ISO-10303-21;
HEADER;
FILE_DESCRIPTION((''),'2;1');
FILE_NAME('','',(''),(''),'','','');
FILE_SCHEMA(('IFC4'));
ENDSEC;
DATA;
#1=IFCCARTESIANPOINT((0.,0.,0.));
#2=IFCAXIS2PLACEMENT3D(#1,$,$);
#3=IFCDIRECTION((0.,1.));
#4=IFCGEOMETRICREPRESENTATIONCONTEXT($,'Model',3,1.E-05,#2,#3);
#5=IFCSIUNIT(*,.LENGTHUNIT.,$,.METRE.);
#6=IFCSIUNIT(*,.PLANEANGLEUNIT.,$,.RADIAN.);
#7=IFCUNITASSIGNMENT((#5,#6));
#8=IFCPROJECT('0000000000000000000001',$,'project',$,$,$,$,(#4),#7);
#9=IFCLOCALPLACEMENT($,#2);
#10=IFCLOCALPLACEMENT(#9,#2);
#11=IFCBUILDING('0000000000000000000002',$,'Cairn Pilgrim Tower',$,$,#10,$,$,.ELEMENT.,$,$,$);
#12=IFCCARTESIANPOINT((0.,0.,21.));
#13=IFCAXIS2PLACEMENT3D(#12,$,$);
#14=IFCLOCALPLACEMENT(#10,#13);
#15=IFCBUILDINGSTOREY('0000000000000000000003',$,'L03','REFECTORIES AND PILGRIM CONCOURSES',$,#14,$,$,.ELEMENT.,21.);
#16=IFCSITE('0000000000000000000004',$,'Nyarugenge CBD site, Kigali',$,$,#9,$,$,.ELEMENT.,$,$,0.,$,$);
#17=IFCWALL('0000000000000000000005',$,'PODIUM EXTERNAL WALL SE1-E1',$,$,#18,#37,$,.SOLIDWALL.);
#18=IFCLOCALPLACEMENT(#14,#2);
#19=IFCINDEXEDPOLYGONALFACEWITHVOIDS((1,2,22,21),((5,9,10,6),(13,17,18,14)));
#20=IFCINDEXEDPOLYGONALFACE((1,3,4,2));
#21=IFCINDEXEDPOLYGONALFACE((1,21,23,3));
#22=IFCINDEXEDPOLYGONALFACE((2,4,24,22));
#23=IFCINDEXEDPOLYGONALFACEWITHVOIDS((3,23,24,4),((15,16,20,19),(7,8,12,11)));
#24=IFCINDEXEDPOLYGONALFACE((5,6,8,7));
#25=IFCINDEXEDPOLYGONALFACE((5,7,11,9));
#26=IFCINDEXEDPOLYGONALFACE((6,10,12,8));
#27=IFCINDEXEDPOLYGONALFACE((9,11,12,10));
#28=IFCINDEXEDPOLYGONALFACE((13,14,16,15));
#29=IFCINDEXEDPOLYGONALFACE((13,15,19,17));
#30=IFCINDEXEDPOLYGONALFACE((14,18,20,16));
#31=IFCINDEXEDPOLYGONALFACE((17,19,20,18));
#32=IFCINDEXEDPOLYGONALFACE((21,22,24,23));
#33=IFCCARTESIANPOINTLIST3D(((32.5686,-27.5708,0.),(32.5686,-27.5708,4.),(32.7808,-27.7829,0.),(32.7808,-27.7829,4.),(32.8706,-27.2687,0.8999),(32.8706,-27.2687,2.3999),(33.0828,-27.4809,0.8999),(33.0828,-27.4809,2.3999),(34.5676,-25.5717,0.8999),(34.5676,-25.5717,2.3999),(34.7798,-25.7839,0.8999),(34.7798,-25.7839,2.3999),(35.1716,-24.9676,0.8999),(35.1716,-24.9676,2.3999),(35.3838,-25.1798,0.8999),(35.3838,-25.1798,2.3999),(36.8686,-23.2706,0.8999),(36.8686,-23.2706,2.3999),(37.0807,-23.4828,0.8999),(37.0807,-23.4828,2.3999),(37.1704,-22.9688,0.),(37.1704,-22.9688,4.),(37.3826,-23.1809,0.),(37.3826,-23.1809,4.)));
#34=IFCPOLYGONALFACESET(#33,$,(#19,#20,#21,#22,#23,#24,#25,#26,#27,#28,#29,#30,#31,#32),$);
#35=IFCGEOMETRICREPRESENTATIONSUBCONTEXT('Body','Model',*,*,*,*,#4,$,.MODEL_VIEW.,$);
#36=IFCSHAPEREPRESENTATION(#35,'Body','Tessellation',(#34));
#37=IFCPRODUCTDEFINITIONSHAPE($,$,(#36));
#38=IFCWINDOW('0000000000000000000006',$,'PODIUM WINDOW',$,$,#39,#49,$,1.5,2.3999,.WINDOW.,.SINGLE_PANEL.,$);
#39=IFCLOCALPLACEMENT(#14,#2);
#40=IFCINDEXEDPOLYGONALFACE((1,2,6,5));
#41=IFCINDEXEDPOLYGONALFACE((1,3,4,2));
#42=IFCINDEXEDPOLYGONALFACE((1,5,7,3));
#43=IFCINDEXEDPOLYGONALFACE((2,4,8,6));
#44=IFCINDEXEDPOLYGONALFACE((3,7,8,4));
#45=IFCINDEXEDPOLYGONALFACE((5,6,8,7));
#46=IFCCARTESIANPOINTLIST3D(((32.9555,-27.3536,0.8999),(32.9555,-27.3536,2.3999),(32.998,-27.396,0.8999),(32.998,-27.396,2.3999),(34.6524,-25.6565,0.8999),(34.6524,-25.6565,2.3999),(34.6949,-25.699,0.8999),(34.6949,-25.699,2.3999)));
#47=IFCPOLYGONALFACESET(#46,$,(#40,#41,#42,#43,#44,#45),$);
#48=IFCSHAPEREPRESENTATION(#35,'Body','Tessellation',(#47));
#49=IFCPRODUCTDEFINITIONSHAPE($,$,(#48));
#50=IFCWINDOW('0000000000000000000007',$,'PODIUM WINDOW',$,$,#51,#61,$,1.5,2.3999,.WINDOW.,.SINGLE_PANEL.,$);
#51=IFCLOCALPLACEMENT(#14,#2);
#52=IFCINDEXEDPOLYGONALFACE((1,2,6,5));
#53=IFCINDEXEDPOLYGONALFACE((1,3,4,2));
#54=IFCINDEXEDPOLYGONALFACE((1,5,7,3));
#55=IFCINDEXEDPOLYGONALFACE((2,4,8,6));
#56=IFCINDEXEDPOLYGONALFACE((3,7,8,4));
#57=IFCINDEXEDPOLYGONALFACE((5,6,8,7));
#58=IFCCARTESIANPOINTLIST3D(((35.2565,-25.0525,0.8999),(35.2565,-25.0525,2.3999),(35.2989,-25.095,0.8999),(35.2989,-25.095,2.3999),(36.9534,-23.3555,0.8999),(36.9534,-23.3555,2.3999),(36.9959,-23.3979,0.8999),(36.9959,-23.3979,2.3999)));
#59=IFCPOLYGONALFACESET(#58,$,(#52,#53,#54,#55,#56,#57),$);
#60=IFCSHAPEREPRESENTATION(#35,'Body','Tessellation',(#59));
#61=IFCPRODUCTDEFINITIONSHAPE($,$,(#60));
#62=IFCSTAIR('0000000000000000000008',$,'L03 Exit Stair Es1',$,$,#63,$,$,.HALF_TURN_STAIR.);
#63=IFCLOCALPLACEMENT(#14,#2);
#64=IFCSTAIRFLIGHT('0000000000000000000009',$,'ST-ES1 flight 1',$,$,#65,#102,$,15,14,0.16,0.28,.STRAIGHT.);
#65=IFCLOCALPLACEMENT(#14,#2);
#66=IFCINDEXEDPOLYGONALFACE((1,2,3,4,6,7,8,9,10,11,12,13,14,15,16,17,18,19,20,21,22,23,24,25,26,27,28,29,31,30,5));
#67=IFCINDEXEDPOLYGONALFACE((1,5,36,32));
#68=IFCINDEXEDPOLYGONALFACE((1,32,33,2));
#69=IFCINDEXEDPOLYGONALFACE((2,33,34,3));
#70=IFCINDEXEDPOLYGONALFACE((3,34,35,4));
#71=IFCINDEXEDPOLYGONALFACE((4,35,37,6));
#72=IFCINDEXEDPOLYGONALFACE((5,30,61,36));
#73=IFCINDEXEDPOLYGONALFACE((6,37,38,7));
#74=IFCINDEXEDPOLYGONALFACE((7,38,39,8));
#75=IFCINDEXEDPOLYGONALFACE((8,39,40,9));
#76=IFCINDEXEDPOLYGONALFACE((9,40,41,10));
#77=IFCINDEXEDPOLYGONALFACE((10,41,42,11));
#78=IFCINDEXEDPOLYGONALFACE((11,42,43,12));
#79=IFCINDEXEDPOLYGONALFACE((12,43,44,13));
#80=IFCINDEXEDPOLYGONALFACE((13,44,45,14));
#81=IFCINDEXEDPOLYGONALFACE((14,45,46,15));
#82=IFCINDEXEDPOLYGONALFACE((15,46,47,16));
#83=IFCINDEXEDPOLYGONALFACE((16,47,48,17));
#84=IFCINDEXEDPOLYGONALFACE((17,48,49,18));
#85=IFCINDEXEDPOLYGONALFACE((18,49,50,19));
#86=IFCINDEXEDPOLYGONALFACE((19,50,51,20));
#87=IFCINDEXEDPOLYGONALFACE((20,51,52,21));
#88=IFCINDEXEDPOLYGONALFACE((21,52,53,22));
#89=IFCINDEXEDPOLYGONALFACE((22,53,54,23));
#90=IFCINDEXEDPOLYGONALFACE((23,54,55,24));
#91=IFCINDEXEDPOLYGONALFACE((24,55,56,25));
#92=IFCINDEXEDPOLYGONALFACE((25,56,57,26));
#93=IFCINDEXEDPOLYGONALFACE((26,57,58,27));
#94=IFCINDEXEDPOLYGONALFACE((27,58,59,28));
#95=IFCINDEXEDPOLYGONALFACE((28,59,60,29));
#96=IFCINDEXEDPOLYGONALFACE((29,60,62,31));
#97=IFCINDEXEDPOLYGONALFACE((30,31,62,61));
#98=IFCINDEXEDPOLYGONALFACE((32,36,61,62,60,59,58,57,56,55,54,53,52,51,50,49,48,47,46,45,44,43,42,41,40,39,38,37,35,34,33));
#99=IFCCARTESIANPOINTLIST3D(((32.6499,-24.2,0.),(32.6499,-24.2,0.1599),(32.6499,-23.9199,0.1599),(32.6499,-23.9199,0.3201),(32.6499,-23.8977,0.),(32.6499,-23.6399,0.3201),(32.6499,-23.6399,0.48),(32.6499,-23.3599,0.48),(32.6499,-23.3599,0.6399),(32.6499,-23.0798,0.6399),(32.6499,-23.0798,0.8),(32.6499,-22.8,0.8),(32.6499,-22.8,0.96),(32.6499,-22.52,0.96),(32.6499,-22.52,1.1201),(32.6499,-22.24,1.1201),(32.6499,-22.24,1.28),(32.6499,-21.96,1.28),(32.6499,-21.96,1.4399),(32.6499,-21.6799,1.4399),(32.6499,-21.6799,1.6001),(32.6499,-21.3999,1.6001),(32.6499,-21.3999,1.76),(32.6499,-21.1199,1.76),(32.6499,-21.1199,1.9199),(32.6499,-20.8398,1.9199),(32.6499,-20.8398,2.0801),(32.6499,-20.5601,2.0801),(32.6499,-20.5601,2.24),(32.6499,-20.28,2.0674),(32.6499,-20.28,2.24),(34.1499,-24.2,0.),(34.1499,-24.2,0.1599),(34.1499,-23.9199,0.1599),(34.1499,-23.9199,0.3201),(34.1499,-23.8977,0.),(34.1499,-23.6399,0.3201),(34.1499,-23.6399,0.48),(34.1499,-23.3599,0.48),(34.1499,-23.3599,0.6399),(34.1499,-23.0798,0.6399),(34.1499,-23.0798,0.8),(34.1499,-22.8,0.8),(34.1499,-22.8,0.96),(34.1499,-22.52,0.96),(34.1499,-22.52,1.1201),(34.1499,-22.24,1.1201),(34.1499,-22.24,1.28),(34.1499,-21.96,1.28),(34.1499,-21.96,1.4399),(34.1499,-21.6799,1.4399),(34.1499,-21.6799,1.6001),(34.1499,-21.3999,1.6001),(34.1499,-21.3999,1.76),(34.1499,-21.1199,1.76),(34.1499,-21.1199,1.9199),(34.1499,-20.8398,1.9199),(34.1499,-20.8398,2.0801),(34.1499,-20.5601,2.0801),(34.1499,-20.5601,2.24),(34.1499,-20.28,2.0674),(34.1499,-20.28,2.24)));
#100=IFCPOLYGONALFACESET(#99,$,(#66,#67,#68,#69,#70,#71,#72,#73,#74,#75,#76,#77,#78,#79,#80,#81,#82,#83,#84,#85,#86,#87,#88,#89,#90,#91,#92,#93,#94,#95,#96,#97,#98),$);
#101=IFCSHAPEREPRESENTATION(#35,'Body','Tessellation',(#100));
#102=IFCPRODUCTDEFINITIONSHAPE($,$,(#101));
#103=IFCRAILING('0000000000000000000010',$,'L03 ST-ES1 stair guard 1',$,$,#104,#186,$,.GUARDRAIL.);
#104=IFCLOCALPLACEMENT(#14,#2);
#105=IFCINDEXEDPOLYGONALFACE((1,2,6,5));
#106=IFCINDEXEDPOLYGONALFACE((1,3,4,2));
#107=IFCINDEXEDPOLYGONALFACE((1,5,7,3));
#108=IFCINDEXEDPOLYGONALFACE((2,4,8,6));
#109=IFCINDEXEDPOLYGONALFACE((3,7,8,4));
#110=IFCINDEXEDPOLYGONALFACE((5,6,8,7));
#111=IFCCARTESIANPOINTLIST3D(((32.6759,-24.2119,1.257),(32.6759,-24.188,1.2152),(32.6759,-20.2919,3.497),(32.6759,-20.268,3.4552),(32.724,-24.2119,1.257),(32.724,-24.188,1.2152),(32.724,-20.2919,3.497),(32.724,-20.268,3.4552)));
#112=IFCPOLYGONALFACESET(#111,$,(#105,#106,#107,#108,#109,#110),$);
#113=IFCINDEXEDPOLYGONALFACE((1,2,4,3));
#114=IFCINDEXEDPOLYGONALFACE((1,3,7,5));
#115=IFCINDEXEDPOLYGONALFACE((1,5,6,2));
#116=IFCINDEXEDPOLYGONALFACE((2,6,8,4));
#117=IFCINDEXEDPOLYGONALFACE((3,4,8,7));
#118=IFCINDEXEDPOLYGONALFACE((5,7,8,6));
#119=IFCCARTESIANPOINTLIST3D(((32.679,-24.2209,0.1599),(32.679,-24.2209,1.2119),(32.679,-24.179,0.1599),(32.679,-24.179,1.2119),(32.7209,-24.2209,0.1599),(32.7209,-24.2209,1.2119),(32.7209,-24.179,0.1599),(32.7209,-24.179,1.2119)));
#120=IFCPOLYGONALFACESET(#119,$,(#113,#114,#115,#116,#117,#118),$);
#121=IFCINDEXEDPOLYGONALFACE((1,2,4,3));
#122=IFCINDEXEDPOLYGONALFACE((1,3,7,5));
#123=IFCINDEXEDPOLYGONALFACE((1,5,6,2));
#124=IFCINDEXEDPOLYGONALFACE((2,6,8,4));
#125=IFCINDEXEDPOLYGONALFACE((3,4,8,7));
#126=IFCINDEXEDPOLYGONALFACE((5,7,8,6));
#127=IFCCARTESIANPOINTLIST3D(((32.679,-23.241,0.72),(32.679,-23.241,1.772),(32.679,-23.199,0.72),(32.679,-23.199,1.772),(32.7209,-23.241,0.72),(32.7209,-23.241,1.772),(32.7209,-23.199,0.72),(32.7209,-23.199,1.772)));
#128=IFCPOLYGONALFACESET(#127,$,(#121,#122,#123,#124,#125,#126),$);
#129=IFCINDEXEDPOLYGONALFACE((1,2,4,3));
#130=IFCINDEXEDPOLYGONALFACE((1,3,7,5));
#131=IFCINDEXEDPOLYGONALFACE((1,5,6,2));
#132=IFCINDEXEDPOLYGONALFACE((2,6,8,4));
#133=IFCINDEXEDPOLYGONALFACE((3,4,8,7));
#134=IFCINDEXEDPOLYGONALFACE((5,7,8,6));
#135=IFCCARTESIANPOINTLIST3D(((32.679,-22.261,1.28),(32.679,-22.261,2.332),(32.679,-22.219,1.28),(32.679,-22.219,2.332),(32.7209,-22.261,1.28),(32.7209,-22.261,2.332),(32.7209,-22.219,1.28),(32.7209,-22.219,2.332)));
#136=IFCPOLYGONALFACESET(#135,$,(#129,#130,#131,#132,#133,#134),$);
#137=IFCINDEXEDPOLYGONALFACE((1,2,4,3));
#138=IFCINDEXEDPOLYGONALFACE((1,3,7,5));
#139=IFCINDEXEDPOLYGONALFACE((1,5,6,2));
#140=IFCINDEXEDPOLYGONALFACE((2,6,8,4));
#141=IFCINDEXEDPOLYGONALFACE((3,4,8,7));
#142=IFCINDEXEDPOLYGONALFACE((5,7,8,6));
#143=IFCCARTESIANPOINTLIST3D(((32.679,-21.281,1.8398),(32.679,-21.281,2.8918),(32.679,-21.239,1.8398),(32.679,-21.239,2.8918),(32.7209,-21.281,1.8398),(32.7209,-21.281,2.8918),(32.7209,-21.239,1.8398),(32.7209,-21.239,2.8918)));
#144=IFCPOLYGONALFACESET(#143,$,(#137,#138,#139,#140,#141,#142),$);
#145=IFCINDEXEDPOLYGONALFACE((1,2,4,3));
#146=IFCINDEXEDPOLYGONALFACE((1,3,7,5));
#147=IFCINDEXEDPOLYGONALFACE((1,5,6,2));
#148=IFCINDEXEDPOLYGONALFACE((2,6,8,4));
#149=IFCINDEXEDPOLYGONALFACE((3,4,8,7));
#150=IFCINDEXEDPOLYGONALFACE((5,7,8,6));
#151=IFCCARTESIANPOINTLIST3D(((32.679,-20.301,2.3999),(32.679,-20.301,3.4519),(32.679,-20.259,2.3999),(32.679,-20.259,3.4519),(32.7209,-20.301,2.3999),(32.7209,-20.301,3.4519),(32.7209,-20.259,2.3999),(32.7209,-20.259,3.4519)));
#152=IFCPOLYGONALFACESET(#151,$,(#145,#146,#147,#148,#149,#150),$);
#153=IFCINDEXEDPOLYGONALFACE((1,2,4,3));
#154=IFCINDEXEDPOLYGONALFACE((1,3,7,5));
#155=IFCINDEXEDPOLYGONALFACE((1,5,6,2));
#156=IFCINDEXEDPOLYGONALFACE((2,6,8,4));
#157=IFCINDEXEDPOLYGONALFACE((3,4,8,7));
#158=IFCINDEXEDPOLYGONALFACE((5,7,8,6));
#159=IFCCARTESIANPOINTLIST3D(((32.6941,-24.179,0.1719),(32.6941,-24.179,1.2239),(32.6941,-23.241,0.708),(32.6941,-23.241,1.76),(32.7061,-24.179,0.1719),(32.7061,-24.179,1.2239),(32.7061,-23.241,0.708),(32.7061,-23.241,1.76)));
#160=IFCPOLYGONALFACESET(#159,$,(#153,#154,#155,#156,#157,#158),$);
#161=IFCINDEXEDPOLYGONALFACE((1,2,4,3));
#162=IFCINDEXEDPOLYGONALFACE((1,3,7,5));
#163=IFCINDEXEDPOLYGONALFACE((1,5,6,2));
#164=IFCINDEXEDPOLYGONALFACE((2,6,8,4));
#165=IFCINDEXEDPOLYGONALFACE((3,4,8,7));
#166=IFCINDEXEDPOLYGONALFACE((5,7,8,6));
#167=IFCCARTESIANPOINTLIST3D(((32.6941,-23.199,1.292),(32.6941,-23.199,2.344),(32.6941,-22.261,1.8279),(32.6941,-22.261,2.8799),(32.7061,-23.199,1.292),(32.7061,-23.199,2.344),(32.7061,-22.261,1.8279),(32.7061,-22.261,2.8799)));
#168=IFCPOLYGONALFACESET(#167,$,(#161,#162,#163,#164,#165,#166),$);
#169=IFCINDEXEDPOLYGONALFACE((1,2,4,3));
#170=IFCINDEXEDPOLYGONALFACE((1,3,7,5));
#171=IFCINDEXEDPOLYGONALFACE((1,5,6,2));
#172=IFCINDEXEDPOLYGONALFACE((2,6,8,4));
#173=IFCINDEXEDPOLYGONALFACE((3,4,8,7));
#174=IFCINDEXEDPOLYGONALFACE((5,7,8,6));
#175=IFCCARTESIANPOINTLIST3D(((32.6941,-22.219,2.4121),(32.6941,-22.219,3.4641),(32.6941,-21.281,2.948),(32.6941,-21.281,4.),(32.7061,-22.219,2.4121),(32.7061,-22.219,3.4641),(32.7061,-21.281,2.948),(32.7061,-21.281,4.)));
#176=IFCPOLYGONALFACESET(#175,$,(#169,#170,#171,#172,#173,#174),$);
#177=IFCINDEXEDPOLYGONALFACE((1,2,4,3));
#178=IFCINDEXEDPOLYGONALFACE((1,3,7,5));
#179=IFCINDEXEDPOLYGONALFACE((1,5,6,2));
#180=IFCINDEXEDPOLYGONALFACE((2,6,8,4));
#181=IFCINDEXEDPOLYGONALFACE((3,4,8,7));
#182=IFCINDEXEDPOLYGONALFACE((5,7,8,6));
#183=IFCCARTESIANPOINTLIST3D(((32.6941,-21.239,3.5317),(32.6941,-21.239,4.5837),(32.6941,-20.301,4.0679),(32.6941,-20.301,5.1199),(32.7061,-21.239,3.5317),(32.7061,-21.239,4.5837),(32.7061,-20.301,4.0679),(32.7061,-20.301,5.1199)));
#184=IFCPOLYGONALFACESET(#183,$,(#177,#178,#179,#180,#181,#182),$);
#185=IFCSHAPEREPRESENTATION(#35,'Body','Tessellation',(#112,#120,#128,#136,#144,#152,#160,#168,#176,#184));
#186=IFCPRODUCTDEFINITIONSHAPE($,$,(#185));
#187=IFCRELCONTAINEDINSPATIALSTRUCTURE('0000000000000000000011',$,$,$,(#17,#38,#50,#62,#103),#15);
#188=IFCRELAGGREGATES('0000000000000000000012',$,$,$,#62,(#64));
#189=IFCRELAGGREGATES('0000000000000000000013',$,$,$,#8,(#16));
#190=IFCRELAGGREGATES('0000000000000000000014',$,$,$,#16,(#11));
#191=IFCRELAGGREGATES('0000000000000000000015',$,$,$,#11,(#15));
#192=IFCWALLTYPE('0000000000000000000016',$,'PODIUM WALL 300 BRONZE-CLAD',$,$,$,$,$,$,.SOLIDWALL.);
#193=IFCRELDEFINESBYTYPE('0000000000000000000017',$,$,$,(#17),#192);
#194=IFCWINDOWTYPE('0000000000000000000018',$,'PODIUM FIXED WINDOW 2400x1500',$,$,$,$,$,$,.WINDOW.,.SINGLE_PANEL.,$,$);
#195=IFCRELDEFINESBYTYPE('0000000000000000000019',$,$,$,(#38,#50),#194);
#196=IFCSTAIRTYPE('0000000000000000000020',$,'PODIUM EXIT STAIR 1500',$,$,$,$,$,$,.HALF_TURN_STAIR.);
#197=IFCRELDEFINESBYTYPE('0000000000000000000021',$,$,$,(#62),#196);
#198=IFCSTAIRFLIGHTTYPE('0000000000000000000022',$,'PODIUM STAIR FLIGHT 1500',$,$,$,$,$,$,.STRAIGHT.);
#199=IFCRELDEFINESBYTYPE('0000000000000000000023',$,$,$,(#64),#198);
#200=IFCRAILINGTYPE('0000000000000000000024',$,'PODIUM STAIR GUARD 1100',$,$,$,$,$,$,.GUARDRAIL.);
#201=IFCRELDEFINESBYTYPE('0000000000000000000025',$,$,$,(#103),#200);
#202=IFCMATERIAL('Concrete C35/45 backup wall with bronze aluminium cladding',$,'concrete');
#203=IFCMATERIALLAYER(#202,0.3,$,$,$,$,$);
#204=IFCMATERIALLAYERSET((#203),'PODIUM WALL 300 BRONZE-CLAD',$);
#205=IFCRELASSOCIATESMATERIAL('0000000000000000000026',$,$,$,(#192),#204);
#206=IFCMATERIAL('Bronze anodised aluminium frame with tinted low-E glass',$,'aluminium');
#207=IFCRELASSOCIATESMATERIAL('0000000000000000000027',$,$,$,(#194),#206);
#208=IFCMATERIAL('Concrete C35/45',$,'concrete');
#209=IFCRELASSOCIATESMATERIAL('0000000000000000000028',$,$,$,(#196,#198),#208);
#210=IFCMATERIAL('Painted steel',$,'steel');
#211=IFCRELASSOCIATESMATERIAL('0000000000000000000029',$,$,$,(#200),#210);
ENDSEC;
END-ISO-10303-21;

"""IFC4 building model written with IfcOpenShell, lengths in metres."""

from ifc_helpers import new_model, si_unit, direction, frame, frame_2d, origin, origin_2d, place, context, subcontext, project, spatial, polyline, rectangle, outline, extrude, material, layer, layer_set, type_object, element, fill, aggregate, save


model = new_model("IFC4")

# Units and contexts
model_context = context("Model", 3, precision=1e-05, world=origin(), true_north=direction((0.0, 1.0)))
body_context = subcontext(model_context, "Body", "Model", "MODEL_VIEW")
ifc_project = project(units=[si_unit("LENGTHUNIT", "METRE"), si_unit("PLANEANGLEUNIT", "RADIAN")], contexts=[model_context])

# Site, building, storey
site_placement = place(None, origin())
site = spatial("IfcSite", under=ifc_project, at=site_placement, Name="Nyarugenge CBD site, Kigali", CompositionType="ELEMENT", RefElevation=0.0)
building_placement = place(site_placement, origin())
building = spatial("IfcBuilding", under=site, at=building_placement, Name="Cairn Pilgrim Tower", CompositionType="ELEMENT")
storey_placement = place(building_placement, frame((0.0, 0.0, 21.0)))
storey = spatial("IfcBuildingStorey", under=building, at=storey_placement, Name="L03", Description="REFECTORIES AND PILGRIM CONCOURSES", CompositionType="ELEMENT", Elevation=21.0)

# Shared definitions
ifc_material_1 = material(Name="Concrete C35/45", Category="concrete")

# Wall, openings, windows
ifc_material_2 = material(Name="Concrete C35/45 backup wall with bronze aluminium cladding", Category="concrete")
ifc_layer_1 = layer(ifc_material_2, 0.3)
ifc_layer_set_1 = layer_set([ifc_layer_1], Name="PODIUM WALL 300 BRONZE-CLAD")
wall_type_1 = type_object("IfcWallType", Name="PODIUM WALL 300 BRONZE-CLAD", PredefinedType="SOLIDWALL", material=ifc_layer_set_1)
wall_1_placement = place(storey_placement, frame((32.6748, -27.6768, 0.0), z_axis=(0.0, 0.0, 1.0), x_axis=(0.707088, 0.707126, 0.0)))
wall_1 = element("IfcWall", 1, at=wall_1_placement, inside=storey, type_object=wall_type_1, Name="PODIUM EXTERNAL WALL SE1-E1", PredefinedType="SOLIDWALL", context=body_context, shape_type="SweptSolid", body=[
    extrude(rectangle(XDim=6.5081, YDim=0.3, at=frame_2d((3.2539, 0.0))), origin(), (0.0, 0.0, 1.0), 4.0),
])
opening_1_placement = place(wall_1_placement, frame((0.427, 0.0, 0.8999)))
opening_1 = element("IfcOpeningElement", 2, at=opening_1_placement, cuts=wall_1, PredefinedType="OPENING", context=body_context, shape_type="SweptSolid", body=[
    extrude(rectangle(XDim=2.3999, YDim=1.5, at=frame_2d((1.2, 0.75))), frame((0.0, 0.1602, 0.0), z_axis=(0.0, -1.0, 0.0), x_axis=(1.0, 0.0, 0.0)), (0.0, 0.0, 1.0), 0.3201),
])
opening_2_placement = place(wall_1_placement, frame((3.6812, 0.0, 0.8999)))
opening_2 = element("IfcOpeningElement", 3, at=opening_2_placement, cuts=wall_1, PredefinedType="OPENING", context=body_context, shape_type="SweptSolid", body=[
    extrude(rectangle(XDim=2.3999, YDim=1.5, at=frame_2d((1.2, 0.75))), frame((0.0, 0.1602, 0.0), z_axis=(0.0, -1.0, 0.0), x_axis=(1.0, 0.0, 0.0)), (0.0, 0.0, 1.0), 0.3201),
])
ifc_material_3 = material(Name="Bronze anodised aluminium frame with tinted low-E glass", Category="aluminium")
window_type = type_object("IfcWindowType", Name="PODIUM FIXED WINDOW 2400x1500", PartitioningType="SINGLE_PANEL", PredefinedType="WINDOW", material=ifc_material_3)
window_1_placement = place(opening_1_placement, origin())
window_1 = element("IfcWindow", 4, at=window_1_placement, inside=storey, type_object=window_type, Name="PODIUM WINDOW", OverallHeight=1.5, OverallWidth=2.3999, PartitioningType="SINGLE_PANEL", PredefinedType="WINDOW", context=body_context, shape_type="SweptSolid", body=[
    extrude(rectangle(XDim=2.3999, YDim=1.5, at=frame_2d((1.2, 0.75))), frame((0.0, 0.03, 0.0), z_axis=(0.0, -1.0, 0.0), x_axis=(1.0, 0.0, 0.0)), (0.0, 0.0, 1.0), 0.0601),
])
fill(opening_1, window_1)
window_2_placement = place(opening_2_placement, origin())
window_2 = element("IfcWindow", 5, at=window_2_placement, inside=storey, type_object=window_type, Name="PODIUM WINDOW", OverallHeight=1.5, OverallWidth=2.3999, PartitioningType="SINGLE_PANEL", PredefinedType="WINDOW", context=body_context, shape_type="SweptSolid", body=[
    extrude(rectangle(XDim=2.3999, YDim=1.5, at=frame_2d((1.2, 0.75))), frame((0.0, 0.03, 0.0), z_axis=(0.0, -1.0, 0.0), x_axis=(1.0, 0.0, 0.0)), (0.0, 0.0, 1.0), 0.0601),
])
fill(opening_2, window_2)

# Stair, stair flight
stair_type = type_object("IfcStairType", Name="PODIUM EXIT STAIR 1500", PredefinedType="HALF_TURN_STAIR", material=ifc_material_1)
stair_placement = place(storey_placement, origin())
stair = element("IfcStair", 6, at=stair_placement, inside=storey, type_object=stair_type, Name="L03 Exit Stair Es1", PredefinedType="HALF_TURN_STAIR")
stair_flight_type = type_object("IfcStairFlightType", Name="PODIUM STAIR FLIGHT 1500", PredefinedType="STRAIGHT", material=ifc_material_1)
stair_flight_placement = place(storey_placement, frame((33.3999, -24.2, 0.0), z_axis=(0.0, 0.0, 1.0), x_axis=(0.0, 1.0, 0.0)))
stair_flight = element("IfcStairFlight", 7, at=stair_flight_placement, type_object=stair_flight_type, Name="ST-ES1 flight 1", NumberOfRisers=15, NumberOfTreads=14, PredefinedType="STRAIGHT", RiserHeight=0.16, TreadLength=0.28, context=body_context, shape_type="SweptSolid", body=[
    extrude(outline(polyline([(0.0, 0.0), (0.0, 0.1599), (0.28, 0.1599), (0.28, 0.3201), (0.5601, 0.3201), (0.5601, 0.48), (0.8401, 0.48), (0.8401, 0.6399), (1.1201, 0.6399), (1.1201, 0.8), (1.3999, 0.8), (1.3999, 0.96), (1.6799, 0.96), (1.6799, 1.1201), (1.96, 1.1201), (1.96, 1.28), (2.24, 1.28), (2.24, 1.4399), (2.52, 1.4399), (2.52, 1.6001), (2.8, 1.6001), (2.8, 1.76), (3.0801, 1.76), (3.0801, 1.9199), (3.3601, 1.9199), (3.3601, 2.0801), (3.6399, 2.0801), (3.6399, 2.24), (3.9199, 2.24), (3.9199, 2.3999), (3.9199, 2.0674), (0.3022, 0.0), (0.0, 0.0)])), frame((0.0, 0.75, 0.0), z_axis=(0.0, -1.0, 0.0), x_axis=(1.0, 0.0, 0.0)), (0.0, 0.0, 1.0), 1.5),
])
aggregate(stair, [stair_flight])

# Railing
ifc_material_4 = material(Name="Painted steel", Category="steel")
railing_type_1 = type_object("IfcRailingType", Name="PODIUM STAIR GUARD 1100", PredefinedType="GUARDRAIL", material=ifc_material_4)
railing_1_placement = place(storey_placement, frame((32.7, -24.2, 0.1599)))
element("IfcRailing", 8, at=railing_1_placement, inside=storey, type_object=railing_type_1, Name="L03 ST-ES1 stair guard 1", PredefinedType="GUARDRAIL", context=body_context, shape_type="SweptSolid", body=[
    extrude(rectangle(XDim=0.0481, YDim=0.0481, at=origin_2d()), frame((0.0, 0.0, 1.0762), z_axis=(0.0, 0.86824, 0.496145), x_axis=(-1.0, 0.0, 0.0)), (0.0, 0.0, 1.0), 4.5149),
    extrude(rectangle(XDim=0.042, YDim=0.042, at=origin_2d()), origin(), (0.0, 0.0, 1.0), 1.052),
    extrude(rectangle(XDim=0.042, YDim=0.042, at=origin_2d()), frame((0.0, 0.98, 0.5601)), (0.0, 0.0, 1.0), 1.052),
    extrude(rectangle(XDim=0.042, YDim=0.042, at=origin_2d()), frame((0.0, 1.96, 1.1201)), (0.0, 0.0, 1.0), 1.052),
    extrude(rectangle(XDim=0.042, YDim=0.042, at=origin_2d()), frame((0.0, 2.9399, 1.6799)), (0.0, 0.0, 1.0), 1.052),
    extrude(rectangle(XDim=0.042, YDim=0.042, at=origin_2d()), frame((0.0, 3.9199, 2.24)), (0.0, 0.0, 1.0), 1.052),
    extrude(outline(polyline([(0.021, 0.012), (0.959, 0.5481), (0.959, 1.6001), (0.021, 1.064), (0.021, 0.012)])), frame((-0.0059, 0.0, 0.0), z_axis=(1.0, 0.0, 0.0), x_axis=(0.0, 1.0, 0.0)), (0.0, 0.0, 1.0), 0.012),
    extrude(outline(polyline([(0.021, 0.572), (0.959, 1.1079), (0.959, 2.1599), (0.021, 1.624), (0.021, 0.572)])), frame((-0.0059, 0.98, 0.5601), z_axis=(1.0, 0.0, 0.0), x_axis=(0.0, 1.0, 0.0)), (0.0, 0.0, 1.0), 0.012),
    extrude(outline(polyline([(0.021, 1.1321), (0.959, 1.668), (0.959, 2.72), (0.021, 2.1841), (0.021, 1.1321)])), frame((-0.0059, 1.96, 1.1201), z_axis=(1.0, 0.0, 0.0), x_axis=(0.0, 1.0, 0.0)), (0.0, 0.0, 1.0), 0.012),
    extrude(outline(polyline([(0.021, 1.6919), (0.959, 2.228), (0.959, 3.28), (0.021, 2.7439), (0.021, 1.6919)])), frame((-0.0059, 2.9399, 1.6799), z_axis=(1.0, 0.0, 0.0), x_axis=(0.0, 1.0, 0.0)), (0.0, 0.0, 1.0), 0.012),
])

save(model, "model.ifc")
